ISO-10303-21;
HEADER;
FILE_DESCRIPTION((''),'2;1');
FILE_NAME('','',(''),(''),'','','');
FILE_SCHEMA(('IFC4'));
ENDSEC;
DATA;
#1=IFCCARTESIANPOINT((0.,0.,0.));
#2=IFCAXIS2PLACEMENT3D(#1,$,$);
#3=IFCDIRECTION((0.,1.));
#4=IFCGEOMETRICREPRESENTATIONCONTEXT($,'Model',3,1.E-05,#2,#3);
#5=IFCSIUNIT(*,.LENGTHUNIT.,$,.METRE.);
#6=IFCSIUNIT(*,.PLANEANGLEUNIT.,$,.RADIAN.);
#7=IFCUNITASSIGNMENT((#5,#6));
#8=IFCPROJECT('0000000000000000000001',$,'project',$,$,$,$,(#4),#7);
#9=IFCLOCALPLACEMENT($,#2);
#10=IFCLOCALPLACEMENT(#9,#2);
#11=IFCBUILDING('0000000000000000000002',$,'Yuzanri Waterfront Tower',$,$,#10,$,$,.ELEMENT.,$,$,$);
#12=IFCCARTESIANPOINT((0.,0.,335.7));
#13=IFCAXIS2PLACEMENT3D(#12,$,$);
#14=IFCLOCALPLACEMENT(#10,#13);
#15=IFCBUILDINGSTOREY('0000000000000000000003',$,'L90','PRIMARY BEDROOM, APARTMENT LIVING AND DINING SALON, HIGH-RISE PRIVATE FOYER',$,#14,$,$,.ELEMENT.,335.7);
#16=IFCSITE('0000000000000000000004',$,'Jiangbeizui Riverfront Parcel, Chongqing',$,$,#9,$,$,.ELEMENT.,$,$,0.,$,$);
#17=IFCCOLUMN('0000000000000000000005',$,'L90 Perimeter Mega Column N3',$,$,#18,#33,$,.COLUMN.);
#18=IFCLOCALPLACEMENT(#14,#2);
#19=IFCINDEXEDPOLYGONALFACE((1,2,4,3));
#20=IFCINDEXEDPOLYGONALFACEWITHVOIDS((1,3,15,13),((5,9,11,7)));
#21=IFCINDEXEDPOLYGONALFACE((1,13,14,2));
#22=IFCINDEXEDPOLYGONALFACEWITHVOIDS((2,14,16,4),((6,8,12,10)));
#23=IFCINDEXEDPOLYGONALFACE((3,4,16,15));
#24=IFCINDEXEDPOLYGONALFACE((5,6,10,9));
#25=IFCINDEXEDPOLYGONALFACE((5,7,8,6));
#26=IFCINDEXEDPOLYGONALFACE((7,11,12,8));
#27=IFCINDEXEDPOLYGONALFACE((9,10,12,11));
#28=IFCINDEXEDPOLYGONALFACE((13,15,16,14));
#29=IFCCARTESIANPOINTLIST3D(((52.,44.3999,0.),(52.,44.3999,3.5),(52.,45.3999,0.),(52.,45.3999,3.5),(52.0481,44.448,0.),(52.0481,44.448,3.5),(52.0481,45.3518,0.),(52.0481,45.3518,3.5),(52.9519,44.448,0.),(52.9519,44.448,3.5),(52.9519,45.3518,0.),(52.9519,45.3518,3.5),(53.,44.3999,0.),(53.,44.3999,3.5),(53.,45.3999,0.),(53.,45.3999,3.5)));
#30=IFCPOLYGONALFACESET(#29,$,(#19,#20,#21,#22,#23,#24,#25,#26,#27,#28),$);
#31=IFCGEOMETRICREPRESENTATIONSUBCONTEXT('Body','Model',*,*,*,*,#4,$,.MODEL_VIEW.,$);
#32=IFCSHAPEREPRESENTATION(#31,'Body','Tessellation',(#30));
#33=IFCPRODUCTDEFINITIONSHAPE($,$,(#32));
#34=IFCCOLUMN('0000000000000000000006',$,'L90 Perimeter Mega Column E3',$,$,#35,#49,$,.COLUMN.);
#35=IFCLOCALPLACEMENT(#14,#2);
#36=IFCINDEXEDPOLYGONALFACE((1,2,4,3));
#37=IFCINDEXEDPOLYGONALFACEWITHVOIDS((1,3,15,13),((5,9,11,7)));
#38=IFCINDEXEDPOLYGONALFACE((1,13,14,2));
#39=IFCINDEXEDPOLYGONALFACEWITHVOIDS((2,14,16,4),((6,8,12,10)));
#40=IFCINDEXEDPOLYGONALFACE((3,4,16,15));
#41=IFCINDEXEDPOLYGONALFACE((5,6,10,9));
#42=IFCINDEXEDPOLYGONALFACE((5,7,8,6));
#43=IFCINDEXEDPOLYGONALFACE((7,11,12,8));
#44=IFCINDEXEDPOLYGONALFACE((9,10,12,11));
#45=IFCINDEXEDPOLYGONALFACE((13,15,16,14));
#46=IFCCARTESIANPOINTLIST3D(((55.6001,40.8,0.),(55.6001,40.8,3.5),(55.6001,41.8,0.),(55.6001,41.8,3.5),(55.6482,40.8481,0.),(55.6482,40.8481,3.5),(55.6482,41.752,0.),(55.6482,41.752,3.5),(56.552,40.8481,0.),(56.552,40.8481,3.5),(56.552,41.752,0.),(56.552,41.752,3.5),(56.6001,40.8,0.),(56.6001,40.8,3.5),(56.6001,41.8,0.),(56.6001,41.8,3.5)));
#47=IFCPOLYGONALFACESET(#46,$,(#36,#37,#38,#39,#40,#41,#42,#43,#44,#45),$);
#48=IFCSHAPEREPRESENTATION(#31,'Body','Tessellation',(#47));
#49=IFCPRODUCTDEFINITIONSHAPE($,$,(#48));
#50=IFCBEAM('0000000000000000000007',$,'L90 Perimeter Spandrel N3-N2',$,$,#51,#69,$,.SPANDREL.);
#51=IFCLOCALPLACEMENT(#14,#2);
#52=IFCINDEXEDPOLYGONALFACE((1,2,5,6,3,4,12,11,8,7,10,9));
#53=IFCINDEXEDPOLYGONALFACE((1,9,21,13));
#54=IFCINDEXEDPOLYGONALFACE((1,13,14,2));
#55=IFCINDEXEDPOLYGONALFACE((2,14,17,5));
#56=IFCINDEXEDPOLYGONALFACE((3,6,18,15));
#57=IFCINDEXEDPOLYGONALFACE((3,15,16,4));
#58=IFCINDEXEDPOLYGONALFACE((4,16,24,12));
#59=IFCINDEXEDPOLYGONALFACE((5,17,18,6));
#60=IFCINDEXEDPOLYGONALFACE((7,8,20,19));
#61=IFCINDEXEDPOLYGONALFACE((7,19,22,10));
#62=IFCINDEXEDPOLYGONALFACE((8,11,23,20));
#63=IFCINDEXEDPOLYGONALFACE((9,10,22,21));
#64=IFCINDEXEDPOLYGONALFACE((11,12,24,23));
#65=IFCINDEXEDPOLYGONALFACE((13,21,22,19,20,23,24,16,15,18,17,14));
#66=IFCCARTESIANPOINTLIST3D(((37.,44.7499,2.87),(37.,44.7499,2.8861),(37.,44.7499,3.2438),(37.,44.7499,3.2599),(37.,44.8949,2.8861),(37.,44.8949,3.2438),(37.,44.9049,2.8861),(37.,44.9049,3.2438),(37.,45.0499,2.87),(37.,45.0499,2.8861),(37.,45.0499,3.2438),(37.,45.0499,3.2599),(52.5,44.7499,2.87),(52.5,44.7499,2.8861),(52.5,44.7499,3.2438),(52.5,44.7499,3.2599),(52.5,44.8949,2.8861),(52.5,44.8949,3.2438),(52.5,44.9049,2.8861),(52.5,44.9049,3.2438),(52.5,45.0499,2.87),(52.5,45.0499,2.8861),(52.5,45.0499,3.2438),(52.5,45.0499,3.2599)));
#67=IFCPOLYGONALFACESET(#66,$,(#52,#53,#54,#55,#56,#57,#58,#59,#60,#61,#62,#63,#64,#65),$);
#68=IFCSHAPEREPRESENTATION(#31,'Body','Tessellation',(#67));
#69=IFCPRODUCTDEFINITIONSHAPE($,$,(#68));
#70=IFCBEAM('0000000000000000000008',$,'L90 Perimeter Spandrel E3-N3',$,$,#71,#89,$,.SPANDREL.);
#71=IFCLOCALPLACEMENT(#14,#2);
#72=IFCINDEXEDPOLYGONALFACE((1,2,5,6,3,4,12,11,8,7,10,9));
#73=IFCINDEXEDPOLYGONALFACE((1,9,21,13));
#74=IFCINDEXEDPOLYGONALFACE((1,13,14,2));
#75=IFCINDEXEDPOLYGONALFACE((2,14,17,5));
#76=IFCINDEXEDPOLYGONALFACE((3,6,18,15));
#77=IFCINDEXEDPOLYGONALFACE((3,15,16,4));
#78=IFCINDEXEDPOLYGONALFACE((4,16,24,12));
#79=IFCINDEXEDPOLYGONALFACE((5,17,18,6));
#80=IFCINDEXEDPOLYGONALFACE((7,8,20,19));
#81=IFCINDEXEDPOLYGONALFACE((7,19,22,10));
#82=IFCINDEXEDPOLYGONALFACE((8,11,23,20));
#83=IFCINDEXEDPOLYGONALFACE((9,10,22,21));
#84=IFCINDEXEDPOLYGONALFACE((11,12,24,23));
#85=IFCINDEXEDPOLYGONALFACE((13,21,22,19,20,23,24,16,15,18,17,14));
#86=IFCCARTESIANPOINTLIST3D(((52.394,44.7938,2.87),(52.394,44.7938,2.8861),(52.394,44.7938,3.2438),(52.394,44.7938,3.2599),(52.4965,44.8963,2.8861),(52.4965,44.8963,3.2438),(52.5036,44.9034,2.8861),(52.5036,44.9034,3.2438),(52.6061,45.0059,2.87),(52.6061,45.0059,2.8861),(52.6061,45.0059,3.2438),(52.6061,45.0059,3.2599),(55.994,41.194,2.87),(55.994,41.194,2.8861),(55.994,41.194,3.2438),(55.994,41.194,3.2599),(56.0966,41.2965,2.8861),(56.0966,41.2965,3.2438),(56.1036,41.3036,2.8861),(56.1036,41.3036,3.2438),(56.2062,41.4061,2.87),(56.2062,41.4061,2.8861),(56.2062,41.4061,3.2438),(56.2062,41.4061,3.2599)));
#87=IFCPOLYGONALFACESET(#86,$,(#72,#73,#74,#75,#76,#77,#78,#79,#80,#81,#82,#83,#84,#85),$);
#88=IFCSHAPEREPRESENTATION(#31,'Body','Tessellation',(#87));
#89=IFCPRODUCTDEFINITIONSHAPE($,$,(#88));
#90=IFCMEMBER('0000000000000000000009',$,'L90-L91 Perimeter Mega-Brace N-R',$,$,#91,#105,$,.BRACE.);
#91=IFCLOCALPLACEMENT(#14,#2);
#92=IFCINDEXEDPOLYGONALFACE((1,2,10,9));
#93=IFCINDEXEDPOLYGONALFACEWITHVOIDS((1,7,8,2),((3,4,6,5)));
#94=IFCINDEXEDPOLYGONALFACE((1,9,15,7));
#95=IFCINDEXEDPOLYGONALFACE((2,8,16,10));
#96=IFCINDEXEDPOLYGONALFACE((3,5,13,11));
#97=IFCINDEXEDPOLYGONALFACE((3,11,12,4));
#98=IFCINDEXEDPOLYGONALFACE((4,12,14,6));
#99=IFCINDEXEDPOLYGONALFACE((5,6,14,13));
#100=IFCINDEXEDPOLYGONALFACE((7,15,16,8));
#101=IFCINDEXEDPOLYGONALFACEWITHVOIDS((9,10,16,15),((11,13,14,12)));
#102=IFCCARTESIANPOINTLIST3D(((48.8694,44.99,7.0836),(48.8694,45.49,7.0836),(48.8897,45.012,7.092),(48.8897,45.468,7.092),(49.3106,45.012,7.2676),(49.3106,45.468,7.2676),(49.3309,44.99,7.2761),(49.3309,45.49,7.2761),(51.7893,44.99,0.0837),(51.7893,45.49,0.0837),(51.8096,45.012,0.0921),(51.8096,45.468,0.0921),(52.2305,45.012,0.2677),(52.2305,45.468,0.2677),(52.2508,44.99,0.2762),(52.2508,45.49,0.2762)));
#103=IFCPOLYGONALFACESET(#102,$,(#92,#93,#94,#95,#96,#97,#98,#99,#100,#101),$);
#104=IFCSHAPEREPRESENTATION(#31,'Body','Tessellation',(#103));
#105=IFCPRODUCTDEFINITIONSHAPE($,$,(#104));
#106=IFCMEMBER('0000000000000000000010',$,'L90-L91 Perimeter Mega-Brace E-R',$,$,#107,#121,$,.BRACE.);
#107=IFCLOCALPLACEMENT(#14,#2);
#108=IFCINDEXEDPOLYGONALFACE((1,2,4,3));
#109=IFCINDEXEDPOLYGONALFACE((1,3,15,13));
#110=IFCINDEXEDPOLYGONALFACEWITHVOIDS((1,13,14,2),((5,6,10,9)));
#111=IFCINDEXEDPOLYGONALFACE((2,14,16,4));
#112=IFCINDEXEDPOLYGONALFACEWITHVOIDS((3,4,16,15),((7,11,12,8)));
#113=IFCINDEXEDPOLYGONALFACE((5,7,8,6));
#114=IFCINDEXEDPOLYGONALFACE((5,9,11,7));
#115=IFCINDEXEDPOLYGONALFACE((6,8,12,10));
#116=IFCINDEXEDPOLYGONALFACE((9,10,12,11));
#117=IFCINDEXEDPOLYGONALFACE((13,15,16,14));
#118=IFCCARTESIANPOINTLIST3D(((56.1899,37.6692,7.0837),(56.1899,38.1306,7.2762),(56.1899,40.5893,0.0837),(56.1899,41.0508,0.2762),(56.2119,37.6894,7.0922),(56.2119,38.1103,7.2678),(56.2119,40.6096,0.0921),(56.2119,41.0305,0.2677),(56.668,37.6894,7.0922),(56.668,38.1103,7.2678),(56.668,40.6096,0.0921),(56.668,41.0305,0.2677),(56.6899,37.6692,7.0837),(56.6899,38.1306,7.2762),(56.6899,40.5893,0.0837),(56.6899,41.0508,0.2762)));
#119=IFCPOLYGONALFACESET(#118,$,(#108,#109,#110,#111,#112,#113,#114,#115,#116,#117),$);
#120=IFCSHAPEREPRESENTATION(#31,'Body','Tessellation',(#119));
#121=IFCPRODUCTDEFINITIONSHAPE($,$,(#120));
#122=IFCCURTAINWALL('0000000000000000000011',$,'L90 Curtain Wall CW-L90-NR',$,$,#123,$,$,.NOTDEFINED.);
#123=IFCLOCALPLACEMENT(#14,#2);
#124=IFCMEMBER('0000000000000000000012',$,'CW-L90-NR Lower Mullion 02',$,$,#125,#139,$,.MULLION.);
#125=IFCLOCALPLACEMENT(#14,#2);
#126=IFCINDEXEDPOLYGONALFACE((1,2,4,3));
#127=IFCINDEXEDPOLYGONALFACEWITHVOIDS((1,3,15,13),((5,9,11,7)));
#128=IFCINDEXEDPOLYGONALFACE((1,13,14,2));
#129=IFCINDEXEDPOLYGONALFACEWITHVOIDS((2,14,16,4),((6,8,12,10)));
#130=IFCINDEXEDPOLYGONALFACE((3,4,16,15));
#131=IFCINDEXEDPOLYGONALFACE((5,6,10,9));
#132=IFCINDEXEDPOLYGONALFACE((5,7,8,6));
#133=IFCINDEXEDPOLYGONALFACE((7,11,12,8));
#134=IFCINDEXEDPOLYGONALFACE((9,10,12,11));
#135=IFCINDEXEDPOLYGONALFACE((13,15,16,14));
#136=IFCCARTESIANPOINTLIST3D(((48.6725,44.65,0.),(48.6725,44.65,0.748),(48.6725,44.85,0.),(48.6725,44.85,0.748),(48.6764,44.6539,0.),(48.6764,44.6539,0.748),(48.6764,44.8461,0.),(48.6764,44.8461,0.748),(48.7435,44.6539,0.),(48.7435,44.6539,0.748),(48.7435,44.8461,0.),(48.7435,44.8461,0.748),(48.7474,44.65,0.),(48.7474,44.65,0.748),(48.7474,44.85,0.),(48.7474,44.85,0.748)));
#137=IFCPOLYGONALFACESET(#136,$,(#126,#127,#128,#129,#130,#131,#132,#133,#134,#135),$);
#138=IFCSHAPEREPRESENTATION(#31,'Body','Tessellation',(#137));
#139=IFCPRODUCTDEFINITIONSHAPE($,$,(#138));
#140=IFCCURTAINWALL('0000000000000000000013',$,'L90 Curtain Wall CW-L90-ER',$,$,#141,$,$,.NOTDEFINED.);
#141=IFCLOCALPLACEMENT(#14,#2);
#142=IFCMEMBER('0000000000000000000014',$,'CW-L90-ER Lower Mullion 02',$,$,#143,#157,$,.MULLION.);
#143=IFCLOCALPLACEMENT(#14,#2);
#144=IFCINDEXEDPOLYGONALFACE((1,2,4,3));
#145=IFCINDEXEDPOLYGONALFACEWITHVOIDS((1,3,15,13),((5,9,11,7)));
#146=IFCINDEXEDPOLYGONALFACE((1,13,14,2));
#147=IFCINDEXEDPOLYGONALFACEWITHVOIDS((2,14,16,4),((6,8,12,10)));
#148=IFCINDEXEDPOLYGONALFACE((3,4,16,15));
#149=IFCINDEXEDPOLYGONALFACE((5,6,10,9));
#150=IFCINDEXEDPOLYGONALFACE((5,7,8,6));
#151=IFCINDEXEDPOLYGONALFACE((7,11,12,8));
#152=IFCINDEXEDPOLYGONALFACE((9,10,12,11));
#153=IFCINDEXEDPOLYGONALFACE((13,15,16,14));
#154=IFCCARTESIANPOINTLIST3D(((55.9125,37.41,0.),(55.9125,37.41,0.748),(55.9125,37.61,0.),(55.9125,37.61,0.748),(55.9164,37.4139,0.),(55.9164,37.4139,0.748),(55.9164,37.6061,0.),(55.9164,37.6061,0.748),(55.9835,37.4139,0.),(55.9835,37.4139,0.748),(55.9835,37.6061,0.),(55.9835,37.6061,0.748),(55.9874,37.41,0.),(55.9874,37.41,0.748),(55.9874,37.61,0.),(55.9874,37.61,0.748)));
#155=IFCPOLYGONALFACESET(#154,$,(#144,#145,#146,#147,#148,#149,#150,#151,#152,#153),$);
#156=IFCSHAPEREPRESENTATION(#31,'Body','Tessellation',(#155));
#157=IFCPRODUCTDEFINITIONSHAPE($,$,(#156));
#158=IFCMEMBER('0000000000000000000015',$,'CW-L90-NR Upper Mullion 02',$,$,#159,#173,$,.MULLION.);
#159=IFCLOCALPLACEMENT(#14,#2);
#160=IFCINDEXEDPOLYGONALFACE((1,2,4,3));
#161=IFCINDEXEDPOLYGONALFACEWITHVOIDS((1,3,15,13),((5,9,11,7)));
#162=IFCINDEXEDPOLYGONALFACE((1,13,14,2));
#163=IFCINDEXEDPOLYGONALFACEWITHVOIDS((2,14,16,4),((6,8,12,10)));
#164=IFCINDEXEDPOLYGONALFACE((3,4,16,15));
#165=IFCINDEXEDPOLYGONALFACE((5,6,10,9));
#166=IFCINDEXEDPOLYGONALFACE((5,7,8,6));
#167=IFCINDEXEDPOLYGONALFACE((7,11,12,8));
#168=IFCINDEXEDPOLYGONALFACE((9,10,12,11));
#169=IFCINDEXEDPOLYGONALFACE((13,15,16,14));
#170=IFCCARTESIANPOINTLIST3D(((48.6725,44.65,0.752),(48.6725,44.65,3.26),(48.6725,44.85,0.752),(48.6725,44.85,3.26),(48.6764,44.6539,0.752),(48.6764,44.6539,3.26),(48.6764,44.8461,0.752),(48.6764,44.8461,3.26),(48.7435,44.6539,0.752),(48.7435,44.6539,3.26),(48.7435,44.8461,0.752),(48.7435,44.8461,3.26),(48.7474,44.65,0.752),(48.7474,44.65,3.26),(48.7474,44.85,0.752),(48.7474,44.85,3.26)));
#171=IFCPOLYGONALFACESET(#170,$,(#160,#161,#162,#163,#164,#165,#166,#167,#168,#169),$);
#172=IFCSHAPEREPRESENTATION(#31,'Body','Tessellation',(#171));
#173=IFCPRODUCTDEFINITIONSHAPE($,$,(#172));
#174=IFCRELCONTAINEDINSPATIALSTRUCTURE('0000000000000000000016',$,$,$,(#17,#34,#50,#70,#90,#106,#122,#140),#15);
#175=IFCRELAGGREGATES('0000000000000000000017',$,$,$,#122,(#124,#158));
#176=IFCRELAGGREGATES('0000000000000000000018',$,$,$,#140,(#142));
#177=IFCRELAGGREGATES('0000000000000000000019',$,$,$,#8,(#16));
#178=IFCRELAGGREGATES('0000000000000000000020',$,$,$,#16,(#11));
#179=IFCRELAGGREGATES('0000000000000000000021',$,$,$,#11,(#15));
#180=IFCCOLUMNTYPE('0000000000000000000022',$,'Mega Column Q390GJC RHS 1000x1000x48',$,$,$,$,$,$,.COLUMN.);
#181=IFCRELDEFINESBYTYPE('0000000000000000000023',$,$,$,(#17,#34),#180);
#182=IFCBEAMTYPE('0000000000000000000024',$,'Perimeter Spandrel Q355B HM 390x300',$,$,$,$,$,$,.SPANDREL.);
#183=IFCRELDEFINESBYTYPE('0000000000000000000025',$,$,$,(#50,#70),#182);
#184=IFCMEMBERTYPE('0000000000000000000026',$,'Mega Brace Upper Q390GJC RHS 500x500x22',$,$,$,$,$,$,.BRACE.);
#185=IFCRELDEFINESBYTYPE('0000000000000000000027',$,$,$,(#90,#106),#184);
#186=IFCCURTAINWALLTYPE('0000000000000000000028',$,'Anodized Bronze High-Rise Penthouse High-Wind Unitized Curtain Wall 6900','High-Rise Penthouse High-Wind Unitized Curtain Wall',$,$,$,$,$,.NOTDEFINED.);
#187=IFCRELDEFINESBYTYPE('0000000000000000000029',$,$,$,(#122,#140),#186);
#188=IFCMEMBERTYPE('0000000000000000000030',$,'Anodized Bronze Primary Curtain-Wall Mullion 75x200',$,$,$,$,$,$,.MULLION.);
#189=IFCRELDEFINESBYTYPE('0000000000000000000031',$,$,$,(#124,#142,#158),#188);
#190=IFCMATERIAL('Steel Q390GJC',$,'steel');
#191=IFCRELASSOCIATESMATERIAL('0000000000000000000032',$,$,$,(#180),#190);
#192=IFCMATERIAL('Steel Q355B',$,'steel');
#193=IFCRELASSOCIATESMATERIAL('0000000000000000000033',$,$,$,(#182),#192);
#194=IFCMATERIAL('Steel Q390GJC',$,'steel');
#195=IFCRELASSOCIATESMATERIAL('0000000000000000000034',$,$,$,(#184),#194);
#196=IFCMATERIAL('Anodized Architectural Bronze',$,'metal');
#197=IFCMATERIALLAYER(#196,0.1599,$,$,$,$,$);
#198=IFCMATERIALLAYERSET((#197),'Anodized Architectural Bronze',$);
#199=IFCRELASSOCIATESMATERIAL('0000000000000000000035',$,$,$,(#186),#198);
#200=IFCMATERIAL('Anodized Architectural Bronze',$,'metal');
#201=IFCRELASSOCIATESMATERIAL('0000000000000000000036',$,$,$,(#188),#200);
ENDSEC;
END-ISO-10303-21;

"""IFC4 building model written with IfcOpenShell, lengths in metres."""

from ifc_helpers import new_model, si_unit, direction, frame, origin, origin_2d, place, context, subcontext, project, spatial, hollow_rectangle, i_section, extrude, source, transform, mapped, material, layer, layer_set, material_profile, profile_set, type_object, element, aggregate, save


model = new_model("IFC4")

# Units and contexts
model_context = context("Model", 3, precision=1e-05, world=origin(), true_north=direction((0.0, 1.0)))
body_context = subcontext(model_context, "Body", "Model", "MODEL_VIEW")
ifc_project = project(units=[si_unit("LENGTHUNIT", "METRE"), si_unit("PLANEANGLEUNIT", "RADIAN")], contexts=[model_context])

# Site, building, storey
site_placement = place(None, origin())
site = spatial("IfcSite", under=ifc_project, at=site_placement, Name="Jiangbeizui Riverfront Parcel, Chongqing", CompositionType="ELEMENT", RefElevation=0.0)
building_placement = place(site_placement, origin())
building = spatial("IfcBuilding", under=site, at=building_placement, Name="Yuzanri Waterfront Tower", CompositionType="ELEMENT")
storey_placement = place(building_placement, frame((0.0, 0.0, 335.7)))
storey = spatial("IfcBuildingStorey", under=building, at=storey_placement, Name="L90", Description="PRIMARY BEDROOM, APARTMENT LIVING AND DINING SALON, HIGH-RISE PRIVATE FOYER", CompositionType="ELEMENT", Elevation=335.7)

# Columns
ifc_material_1 = material(Name="Steel Q390GJC", Category="steel")
ifc_material_profile_1 = material_profile(ifc_material_1, hollow_rectangle(XDim=1.0, YDim=1.0, WallThickness=0.0481, at=origin_2d()), Name="RHS 1000x1000x48")
ifc_profile_set_1 = profile_set([ifc_material_profile_1], Name="Steel Q390GJC")
column_type = type_object("IfcColumnType", Name="Mega Column Q390GJC RHS 1000x1000x48", PredefinedType="COLUMN", material=ifc_profile_set_1)
shared_shape_1 = source(origin(), body_context, "Body", "SweptSolid", [
    extrude(hollow_rectangle(XDim=1.0, YDim=1.0, WallThickness=0.0481, at=origin_2d()), origin(), (0.0, 0.0, 1.0), 3.5),
])
for number, where, z_axis, x_axis, name in (
    (1, (52.5, 44.8999, 0.0), (0.0, 0.0, 1.0), (1.0, 0.0, 0.0), "L90 Perimeter Mega Column N3"),
    (2, (56.1001, 41.3, 0.0), (0.0, 0.0, 1.0), (1.0, 0.0, 0.0), "L90 Perimeter Mega Column E3"),
):
    element("IfcColumn", number, at=place(storey_placement, frame(where, z_axis=z_axis, x_axis=x_axis)), inside=storey, type_object=column_type, Name=name, PredefinedType="COLUMN", context=body_context, shape_type="MappedRepresentation", body=[
        mapped(shared_shape_1, transform((0.0, 0.0, 0.0), scale=1.0)),
    ])

# Beams
ifc_material_2 = material(Name="Steel Q355B", Category="steel")
ifc_material_profile_2 = material_profile(ifc_material_2, i_section(OverallWidth=0.3, OverallDepth=0.3899, WebThickness=0.01, FlangeThickness=0.0161, at=origin_2d()), Name="HM 390x300x10x16")
ifc_profile_set_2 = profile_set([ifc_material_profile_2], Name="Steel Q355B")
beam_type = type_object("IfcBeamType", Name="Perimeter Spandrel Q355B HM 390x300", PredefinedType="SPANDREL", material=ifc_profile_set_2)
shared_shape_2 = source(origin(), body_context, "Body", "SweptSolid", [
    extrude(i_section(OverallWidth=0.3, OverallDepth=0.3899, WebThickness=0.01, FlangeThickness=0.0161, at=origin_2d()), origin(), (0.0, 0.0, 1.0), 15.5),
])
beam_1_placement = place(storey_placement, frame((52.5, 44.8999, 3.0649), z_axis=(-1.0, 0.0, 0.0), x_axis=(0.0, -1.0, 0.0)))
element("IfcBeam", 3, at=beam_1_placement, inside=storey, type_object=beam_type, Name="L90 Perimeter Spandrel N3-N2", PredefinedType="SPANDREL", context=body_context, shape_type="MappedRepresentation", body=[
    mapped(shared_shape_2, transform((0.0, 0.0, 0.0), scale=1.0)),
])
shared_shape_3 = source(origin(), body_context, "Body", "SweptSolid", [
    extrude(i_section(OverallWidth=0.3, OverallDepth=0.3899, WebThickness=0.01, FlangeThickness=0.0161, at=origin_2d()), origin(), (0.0, 0.0, 1.0), 5.0911),
])
beam_2_placement = place(storey_placement, frame((56.1001, 41.3, 3.0649), z_axis=(-0.707131, 0.707083, 0.0), x_axis=(-0.707083, -0.707131, 0.0)))
element("IfcBeam", 4, at=beam_2_placement, inside=storey, type_object=beam_type, Name="L90 Perimeter Spandrel E3-N3", PredefinedType="SPANDREL", context=body_context, shape_type="MappedRepresentation", body=[
    mapped(shared_shape_3, transform((0.0, 0.0, 0.0), scale=1.0)),
])

# Members
ifc_material_3 = material(Name="Steel Q390GJC", Category="steel")
ifc_material_profile_3 = material_profile(ifc_material_3, hollow_rectangle(XDim=0.5, YDim=0.5, WallThickness=0.022, at=origin_2d()), Name="RHS 500x500x22")
ifc_profile_set_3 = profile_set([ifc_material_profile_3], Name="Steel Q390GJC")
member_type_1 = type_object("IfcMemberType", Name="Mega Brace Upper Q390GJC RHS 500x500x22", PredefinedType="BRACE", material=ifc_profile_set_3)
shared_shape_4 = source(origin(), body_context, "Body", "SweptSolid", [
    extrude(hollow_rectangle(XDim=0.5, YDim=0.5, WallThickness=0.022, at=origin_2d()), origin(), (0.0, 0.0, 1.0), 7.5845),
])
member_1_placement = place(storey_placement, frame((52.02, 45.24, 0.1799), z_axis=(-0.384981, 0.0, 0.922924), x_axis=(0.0, -1.0, 0.0)))
element("IfcMember", 5, at=member_1_placement, inside=storey, type_object=member_type_1, Name="L90-L91 Perimeter Mega-Brace N-R", PredefinedType="BRACE", context=body_context, shape_type="MappedRepresentation", body=[
    mapped(shared_shape_4, transform((0.0, 0.0, 0.0), scale=1.0)),
])
shared_shape_5 = source(origin(), body_context, "Body", "SweptSolid", [
    extrude(hollow_rectangle(XDim=0.5, YDim=0.5, WallThickness=0.022, at=origin_2d()), origin(), (0.0, 0.0, 1.0), 7.5847),
])
member_2_placement = place(storey_placement, frame((56.4399, 40.8201, 0.1799), z_axis=(0.0, -0.385008, 0.922913), x_axis=(1.0, 0.0, 0.0)))
element("IfcMember", 6, at=member_2_placement, inside=storey, type_object=member_type_1, Name="L90-L91 Perimeter Mega-Brace E-R", PredefinedType="BRACE", context=body_context, shape_type="MappedRepresentation", body=[
    mapped(shared_shape_5, transform((0.0, 0.0, 0.0), scale=1.0)),
])

# Curtain walls, members
ifc_material_4 = material(Name="Anodized Architectural Bronze", Category="metal")
ifc_layer_1 = layer(ifc_material_4, 0.1599)
ifc_layer_set_1 = layer_set([ifc_layer_1], Name="Anodized Architectural Bronze")
curtain_wall_type = type_object("IfcCurtainWallType", Name="Anodized Bronze High-Rise Penthouse High-Wind Unitized Curtain Wall 6900", Description="High-Rise Penthouse High-Wind Unitized Curtain Wall", PredefinedType="NOTDEFINED", material=ifc_layer_set_1)
curtain_wall_1_placement = place(storey_placement, origin())
curtain_wall_1 = element("IfcCurtainWall", 7, at=curtain_wall_1_placement, inside=storey, type_object=curtain_wall_type, Name="L90 Curtain Wall CW-L90-NR", PredefinedType="NOTDEFINED")
ifc_material_5 = material(Name="Anodized Architectural Bronze", Category="metal")
ifc_material_profile_4 = material_profile(ifc_material_5, hollow_rectangle(XDim=0.075, YDim=0.2, WallThickness=0.0039, at=origin_2d()), Name="CWM 75x200")
ifc_profile_set_4 = profile_set([ifc_material_profile_4], Name="Anodized Architectural Bronze")
member_type_2 = type_object("IfcMemberType", Name="Anodized Bronze Primary Curtain-Wall Mullion 75x200", PredefinedType="MULLION", material=ifc_profile_set_4)
shared_shape_6 = source(origin(), body_context, "Body", "SweptSolid", [
    extrude(hollow_rectangle(XDim=0.075, YDim=0.2, WallThickness=0.0039, at=origin_2d()), origin(), (0.0, 0.0, 1.0), 0.748),
])
member_3_placement = place(storey_placement, frame((48.71, 44.75, 0.0), z_axis=(0.0, 0.0, 1.0), x_axis=(1.0, 0.0, 0.0)))
member_3 = element("IfcMember", 8, at=member_3_placement, type_object=member_type_2, Name="CW-L90-NR Lower Mullion 02", PredefinedType="MULLION", context=body_context, shape_type="MappedRepresentation", body=[
    mapped(shared_shape_6, transform((0.0, 0.0, 0.0), scale=1.0)),
])
curtain_wall_2_placement = place(storey_placement, origin())
curtain_wall_2 = element("IfcCurtainWall", 9, at=curtain_wall_2_placement, inside=storey, type_object=curtain_wall_type, Name="L90 Curtain Wall CW-L90-ER", PredefinedType="NOTDEFINED")
member_4_placement = place(storey_placement, frame((55.95, 37.51, 0.0), z_axis=(0.0, 0.0, 1.0), x_axis=(1.0, 0.0, 0.0)))
member_4 = element("IfcMember", 10, at=member_4_placement, type_object=member_type_2, Name="CW-L90-ER Lower Mullion 02", PredefinedType="MULLION", context=body_context, shape_type="MappedRepresentation", body=[
    mapped(shared_shape_6, transform((0.0, 0.0, 0.0), scale=1.0)),
])

# Member
shared_shape_7 = source(origin(), body_context, "Body", "SweptSolid", [
    extrude(hollow_rectangle(XDim=0.075, YDim=0.2, WallThickness=0.0039, at=origin_2d()), origin(), (0.0, 0.0, 1.0), 2.5081),
])
member_5_placement = place(storey_placement, frame((48.71, 44.75, 0.752), z_axis=(0.0, 0.0, 1.0), x_axis=(1.0, 0.0, 0.0)))
member_5 = element("IfcMember", 11, at=member_5_placement, type_object=member_type_2, Name="CW-L90-NR Upper Mullion 02", PredefinedType="MULLION", context=body_context, shape_type="MappedRepresentation", body=[
    mapped(shared_shape_7, transform((0.0, 0.0, 0.0), scale=1.0)),
])
aggregate(curtain_wall_1, [member_3, member_5])

aggregate(curtain_wall_2, [member_4])

save(model, "model.ifc")
